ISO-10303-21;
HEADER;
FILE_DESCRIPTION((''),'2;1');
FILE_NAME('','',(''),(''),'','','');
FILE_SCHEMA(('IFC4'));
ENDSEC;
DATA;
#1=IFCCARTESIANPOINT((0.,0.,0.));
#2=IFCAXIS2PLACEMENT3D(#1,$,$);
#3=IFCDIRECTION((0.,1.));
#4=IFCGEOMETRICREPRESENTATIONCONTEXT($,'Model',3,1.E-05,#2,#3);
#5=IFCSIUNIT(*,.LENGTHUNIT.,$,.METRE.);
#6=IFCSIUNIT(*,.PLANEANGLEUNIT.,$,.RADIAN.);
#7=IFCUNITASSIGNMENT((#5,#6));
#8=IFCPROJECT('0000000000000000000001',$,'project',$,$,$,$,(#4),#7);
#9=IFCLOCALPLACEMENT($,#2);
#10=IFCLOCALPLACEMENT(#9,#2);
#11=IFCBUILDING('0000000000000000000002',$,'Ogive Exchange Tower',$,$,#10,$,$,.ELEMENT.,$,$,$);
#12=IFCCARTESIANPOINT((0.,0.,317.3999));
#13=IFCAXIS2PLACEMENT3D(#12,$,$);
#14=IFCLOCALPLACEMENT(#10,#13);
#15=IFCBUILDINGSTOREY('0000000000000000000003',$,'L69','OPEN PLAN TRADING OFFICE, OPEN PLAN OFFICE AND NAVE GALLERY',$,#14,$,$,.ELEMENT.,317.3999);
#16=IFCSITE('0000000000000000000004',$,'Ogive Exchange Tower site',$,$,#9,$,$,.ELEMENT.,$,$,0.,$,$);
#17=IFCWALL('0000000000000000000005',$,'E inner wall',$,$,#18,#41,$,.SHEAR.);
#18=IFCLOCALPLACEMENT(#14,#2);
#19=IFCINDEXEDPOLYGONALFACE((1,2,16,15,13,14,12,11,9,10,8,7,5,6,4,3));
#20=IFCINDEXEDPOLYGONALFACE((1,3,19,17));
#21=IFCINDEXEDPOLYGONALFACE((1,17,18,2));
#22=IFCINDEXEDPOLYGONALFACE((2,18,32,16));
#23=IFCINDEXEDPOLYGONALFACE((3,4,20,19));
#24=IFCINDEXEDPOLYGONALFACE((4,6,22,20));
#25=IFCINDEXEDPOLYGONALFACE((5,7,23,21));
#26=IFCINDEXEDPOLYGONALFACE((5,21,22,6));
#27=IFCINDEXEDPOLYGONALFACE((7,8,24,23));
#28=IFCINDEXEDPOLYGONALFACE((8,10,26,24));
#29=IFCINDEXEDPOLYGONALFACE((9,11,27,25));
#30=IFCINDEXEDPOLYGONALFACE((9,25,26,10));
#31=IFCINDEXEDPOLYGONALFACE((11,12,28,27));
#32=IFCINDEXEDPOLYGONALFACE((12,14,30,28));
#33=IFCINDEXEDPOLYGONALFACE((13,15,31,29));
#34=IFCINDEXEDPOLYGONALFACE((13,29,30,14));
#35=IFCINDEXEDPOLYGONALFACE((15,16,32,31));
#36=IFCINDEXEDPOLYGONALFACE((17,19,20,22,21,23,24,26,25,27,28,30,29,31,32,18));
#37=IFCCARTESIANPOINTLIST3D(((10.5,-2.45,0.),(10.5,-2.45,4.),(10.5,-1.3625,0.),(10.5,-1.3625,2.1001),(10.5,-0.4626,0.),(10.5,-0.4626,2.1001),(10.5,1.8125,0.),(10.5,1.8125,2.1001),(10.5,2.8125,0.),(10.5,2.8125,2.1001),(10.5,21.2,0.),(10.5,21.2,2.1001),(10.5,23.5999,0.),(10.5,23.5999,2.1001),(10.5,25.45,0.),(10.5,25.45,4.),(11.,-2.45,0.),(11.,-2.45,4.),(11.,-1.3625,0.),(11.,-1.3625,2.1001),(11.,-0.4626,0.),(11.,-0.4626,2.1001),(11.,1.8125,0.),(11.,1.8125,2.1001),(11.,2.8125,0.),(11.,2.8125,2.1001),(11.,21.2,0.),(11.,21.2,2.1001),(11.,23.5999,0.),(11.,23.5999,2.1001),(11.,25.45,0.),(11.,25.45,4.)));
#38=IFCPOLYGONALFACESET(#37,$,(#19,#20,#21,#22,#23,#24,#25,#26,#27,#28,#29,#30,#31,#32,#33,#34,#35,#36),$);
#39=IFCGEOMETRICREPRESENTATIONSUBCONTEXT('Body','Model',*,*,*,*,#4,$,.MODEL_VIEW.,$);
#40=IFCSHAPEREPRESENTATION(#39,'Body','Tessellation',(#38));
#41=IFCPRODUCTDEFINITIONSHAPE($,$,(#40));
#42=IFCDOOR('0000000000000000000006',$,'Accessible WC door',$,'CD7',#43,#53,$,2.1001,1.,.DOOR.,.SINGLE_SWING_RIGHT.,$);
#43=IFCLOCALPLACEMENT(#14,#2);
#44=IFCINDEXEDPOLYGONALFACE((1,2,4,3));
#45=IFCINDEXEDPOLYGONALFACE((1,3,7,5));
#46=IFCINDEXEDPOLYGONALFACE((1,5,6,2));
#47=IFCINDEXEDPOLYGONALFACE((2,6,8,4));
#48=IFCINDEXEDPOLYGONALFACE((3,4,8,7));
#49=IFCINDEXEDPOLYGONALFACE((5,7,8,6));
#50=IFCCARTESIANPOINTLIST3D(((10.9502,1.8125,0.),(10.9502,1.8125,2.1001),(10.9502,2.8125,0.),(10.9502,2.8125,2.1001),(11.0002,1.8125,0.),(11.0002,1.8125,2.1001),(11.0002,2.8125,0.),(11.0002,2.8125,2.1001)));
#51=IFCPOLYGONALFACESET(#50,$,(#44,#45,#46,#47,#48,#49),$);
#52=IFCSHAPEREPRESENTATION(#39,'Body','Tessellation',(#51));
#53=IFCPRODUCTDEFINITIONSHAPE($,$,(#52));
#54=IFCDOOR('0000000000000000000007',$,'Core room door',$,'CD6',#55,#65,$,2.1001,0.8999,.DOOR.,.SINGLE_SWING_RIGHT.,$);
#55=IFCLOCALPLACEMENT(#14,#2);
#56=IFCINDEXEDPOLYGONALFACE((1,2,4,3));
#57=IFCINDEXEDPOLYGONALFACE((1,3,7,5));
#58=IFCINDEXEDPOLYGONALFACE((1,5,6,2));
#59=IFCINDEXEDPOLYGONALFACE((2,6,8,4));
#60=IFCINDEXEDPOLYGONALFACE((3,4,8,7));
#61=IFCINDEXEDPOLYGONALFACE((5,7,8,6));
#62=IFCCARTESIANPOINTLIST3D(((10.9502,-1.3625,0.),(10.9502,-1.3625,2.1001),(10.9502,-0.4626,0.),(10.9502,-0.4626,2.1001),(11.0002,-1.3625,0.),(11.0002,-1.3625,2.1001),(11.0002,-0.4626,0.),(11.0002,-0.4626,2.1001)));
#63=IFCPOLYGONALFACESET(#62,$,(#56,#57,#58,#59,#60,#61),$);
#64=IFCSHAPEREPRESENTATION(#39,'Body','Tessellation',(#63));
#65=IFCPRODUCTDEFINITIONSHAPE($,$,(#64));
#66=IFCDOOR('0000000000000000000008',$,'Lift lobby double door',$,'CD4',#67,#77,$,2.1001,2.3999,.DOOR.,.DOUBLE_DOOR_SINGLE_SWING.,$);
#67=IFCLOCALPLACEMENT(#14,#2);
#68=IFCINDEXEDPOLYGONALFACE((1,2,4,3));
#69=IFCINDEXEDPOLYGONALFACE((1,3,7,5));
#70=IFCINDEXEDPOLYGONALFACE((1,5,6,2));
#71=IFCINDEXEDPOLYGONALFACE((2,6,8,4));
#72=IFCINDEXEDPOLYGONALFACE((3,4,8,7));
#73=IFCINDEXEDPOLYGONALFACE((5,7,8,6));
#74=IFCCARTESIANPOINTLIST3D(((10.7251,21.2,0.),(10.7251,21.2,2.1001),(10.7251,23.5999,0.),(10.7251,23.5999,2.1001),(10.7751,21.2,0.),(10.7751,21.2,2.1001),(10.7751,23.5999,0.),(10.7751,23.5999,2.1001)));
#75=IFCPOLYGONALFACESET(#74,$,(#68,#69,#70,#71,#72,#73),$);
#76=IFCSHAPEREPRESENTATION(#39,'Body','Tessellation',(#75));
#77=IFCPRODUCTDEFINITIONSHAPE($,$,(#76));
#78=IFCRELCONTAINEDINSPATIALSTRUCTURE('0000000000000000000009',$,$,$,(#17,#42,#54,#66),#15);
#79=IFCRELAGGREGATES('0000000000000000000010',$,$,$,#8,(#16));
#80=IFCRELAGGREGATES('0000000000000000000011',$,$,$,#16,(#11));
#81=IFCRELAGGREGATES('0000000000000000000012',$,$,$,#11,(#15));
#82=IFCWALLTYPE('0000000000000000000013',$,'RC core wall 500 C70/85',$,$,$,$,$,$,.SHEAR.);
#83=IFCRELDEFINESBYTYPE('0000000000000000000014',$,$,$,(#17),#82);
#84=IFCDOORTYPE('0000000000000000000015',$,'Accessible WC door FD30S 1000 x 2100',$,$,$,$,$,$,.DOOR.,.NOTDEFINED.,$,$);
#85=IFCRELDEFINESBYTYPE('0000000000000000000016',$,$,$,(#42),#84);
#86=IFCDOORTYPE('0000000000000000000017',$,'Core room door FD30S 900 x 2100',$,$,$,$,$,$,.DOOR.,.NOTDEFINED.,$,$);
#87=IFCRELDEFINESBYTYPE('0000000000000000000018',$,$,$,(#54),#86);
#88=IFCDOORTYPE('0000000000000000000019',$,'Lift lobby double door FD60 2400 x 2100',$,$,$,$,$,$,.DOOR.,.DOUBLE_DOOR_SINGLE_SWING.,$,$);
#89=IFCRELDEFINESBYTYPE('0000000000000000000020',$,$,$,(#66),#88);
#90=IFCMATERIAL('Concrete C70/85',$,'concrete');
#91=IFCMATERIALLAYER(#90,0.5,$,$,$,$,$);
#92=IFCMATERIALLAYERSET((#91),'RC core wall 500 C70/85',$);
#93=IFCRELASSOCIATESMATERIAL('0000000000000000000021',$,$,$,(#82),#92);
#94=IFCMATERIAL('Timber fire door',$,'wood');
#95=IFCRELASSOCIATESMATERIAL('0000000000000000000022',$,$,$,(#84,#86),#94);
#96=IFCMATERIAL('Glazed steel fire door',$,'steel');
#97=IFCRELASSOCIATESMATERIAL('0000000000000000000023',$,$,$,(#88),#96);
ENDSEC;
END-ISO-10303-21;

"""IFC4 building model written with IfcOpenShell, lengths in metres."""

from ifc_helpers import new_model, si_unit, direction, frame, frame_2d, origin, place, context, subcontext, project, spatial, rectangle, extrude, material, layer, layer_set, type_object, element, fill, save


model = new_model("IFC4")

# Units and contexts
model_context = context("Model", 3, precision=1e-05, world=origin(), true_north=direction((0.0, 1.0)))
body_context = subcontext(model_context, "Body", "Model", "MODEL_VIEW")
ifc_project = project(units=[si_unit("LENGTHUNIT", "METRE"), si_unit("PLANEANGLEUNIT", "RADIAN")], contexts=[model_context])

# Site, building, storey
site_placement = place(None, origin())
site = spatial("IfcSite", under=ifc_project, at=site_placement, Name="Ogive Exchange Tower site", CompositionType="ELEMENT", RefElevation=0.0)
building_placement = place(site_placement, origin())
building = spatial("IfcBuilding", under=site, at=building_placement, Name="Ogive Exchange Tower", CompositionType="ELEMENT")
storey_placement = place(building_placement, frame((0.0, 0.0, 317.3999)))
storey = spatial("IfcBuildingStorey", under=building, at=storey_placement, Name="L69", Description="OPEN PLAN TRADING OFFICE, OPEN PLAN OFFICE AND NAVE GALLERY", CompositionType="ELEMENT", Elevation=317.3999)

# Shared definitions
ifc_material_1 = material(Name="Concrete C70/85", Category="concrete")

# Wall, openings, doors
ifc_layer_1 = layer(ifc_material_1, 0.5)
ifc_layer_set_1 = layer_set([ifc_layer_1], Name="RC core wall 500 C70/85")
wall_type_1 = type_object("IfcWallType", Name="RC core wall 500 C70/85", PredefinedType="SHEAR", material=ifc_layer_set_1)
wall_1_placement = place(storey_placement, frame((10.75, -2.45, 0.0), z_axis=(0.0, 0.0, 1.0), x_axis=(0.0, 1.0, 0.0)))
wall_1 = element("IfcWall", 1, at=wall_1_placement, inside=storey, type_object=wall_type_1, Name="E inner wall", PredefinedType="SHEAR", context=body_context, shape_type="SweptSolid", body=[
    extrude(rectangle(XDim=27.8999, YDim=0.5, at=frame_2d((13.95, 0.0))), origin(), (0.0, 0.0, 1.0), 4.0),
])
opening_1_placement = place(wall_1_placement, frame((23.6499, 0.0, 0.0)))
opening_1 = element("IfcOpeningElement", 2, at=opening_1_placement, cuts=wall_1, PredefinedType="OPENING", context=body_context, shape_type="SweptSolid", body=[
    extrude(rectangle(XDim=2.3999, YDim=2.1001, at=frame_2d((1.2, 1.05))), frame((0.0, 0.26, 0.0), z_axis=(0.0, -1.0, 0.0), x_axis=(1.0, 0.0, 0.0)), (0.0, 0.0, 1.0), 0.52),
])
opening_2_placement = place(wall_1_placement, frame((1.0874, 0.0, 0.0)))
opening_2 = element("IfcOpeningElement", 3, at=opening_2_placement, cuts=wall_1, PredefinedType="OPENING", context=body_context, shape_type="SweptSolid", body=[
    extrude(rectangle(XDim=0.8999, YDim=2.1001, at=frame_2d((0.45, 1.05))), frame((0.0, 0.26, 0.0), z_axis=(0.0, -1.0, 0.0), x_axis=(1.0, 0.0, 0.0)), (0.0, 0.0, 1.0), 0.52),
])
opening_3_placement = place(wall_1_placement, frame((4.2625, 0.0, 0.0)))
opening_3 = element("IfcOpeningElement", 4, at=opening_3_placement, cuts=wall_1, PredefinedType="OPENING", context=body_context, shape_type="SweptSolid", body=[
    extrude(rectangle(XDim=1.0, YDim=2.1001, at=frame_2d((0.5, 1.05))), frame((0.0, 0.26, 0.0), z_axis=(0.0, -1.0, 0.0), x_axis=(1.0, 0.0, 0.0)), (0.0, 0.0, 1.0), 0.52),
])
ifc_material_2 = material(Name="Timber fire door", Category="wood")
door_type_1 = type_object("IfcDoorType", Name="Accessible WC door FD30S 1000 x 2100", OperationType="NOTDEFINED", PredefinedType="DOOR", material=ifc_material_2)
door_1_placement = place(opening_3_placement, origin())
door_1 = element("IfcDoor", 5, at=door_1_placement, inside=storey, type_object=door_type_1, Name="Accessible WC door", ObjectType="CD7", OperationType="SINGLE_SWING_RIGHT", OverallHeight=2.1001, OverallWidth=1.0, PredefinedType="DOOR", context=body_context, shape_type="SweptSolid", body=[
    extrude(rectangle(XDim=1.0, YDim=2.1001, at=frame_2d((0.5, 1.05))), frame((0.0, -0.2002, 0.0), z_axis=(0.0, -1.0, 0.0), x_axis=(1.0, 0.0, 0.0)), (0.0, 0.0, 1.0), 0.05),
])
fill(opening_3, door_1)
door_type_2 = type_object("IfcDoorType", Name="Core room door FD30S 900 x 2100", OperationType="NOTDEFINED", PredefinedType="DOOR", material=ifc_material_2)
door_2_placement = place(opening_2_placement, origin())
door_2 = element("IfcDoor", 6, at=door_2_placement, inside=storey, type_object=door_type_2, Name="Core room door", ObjectType="CD6", OperationType="SINGLE_SWING_RIGHT", OverallHeight=2.1001, OverallWidth=0.8999, PredefinedType="DOOR", context=body_context, shape_type="SweptSolid", body=[
    extrude(rectangle(XDim=0.8999, YDim=2.1001, at=frame_2d((0.45, 1.05))), frame((0.0, -0.2002, 0.0), z_axis=(0.0, -1.0, 0.0), x_axis=(1.0, 0.0, 0.0)), (0.0, 0.0, 1.0), 0.05),
])
fill(opening_2, door_2)
ifc_material_3 = material(Name="Glazed steel fire door", Category="steel")
door_type_3 = type_object("IfcDoorType", Name="Lift lobby double door FD60 2400 x 2100", OperationType="DOUBLE_DOOR_SINGLE_SWING", PredefinedType="DOOR", material=ifc_material_3)
door_3_placement = place(opening_1_placement, origin())
door_3 = element("IfcDoor", 7, at=door_3_placement, inside=storey, type_object=door_type_3, Name="Lift lobby double door", ObjectType="CD4", OperationType="DOUBLE_DOOR_SINGLE_SWING", OverallHeight=2.1001, OverallWidth=2.3999, PredefinedType="DOOR", context=body_context, shape_type="SweptSolid", body=[
    extrude(rectangle(XDim=2.3999, YDim=2.1001, at=frame_2d((1.2, 1.05))), frame((0.0, 0.0249, 0.0), z_axis=(0.0, -1.0, 0.0), x_axis=(1.0, 0.0, 0.0)), (0.0, 0.0, 1.0), 0.05),
])
fill(opening_1, door_3)

save(model, "model.ifc")
